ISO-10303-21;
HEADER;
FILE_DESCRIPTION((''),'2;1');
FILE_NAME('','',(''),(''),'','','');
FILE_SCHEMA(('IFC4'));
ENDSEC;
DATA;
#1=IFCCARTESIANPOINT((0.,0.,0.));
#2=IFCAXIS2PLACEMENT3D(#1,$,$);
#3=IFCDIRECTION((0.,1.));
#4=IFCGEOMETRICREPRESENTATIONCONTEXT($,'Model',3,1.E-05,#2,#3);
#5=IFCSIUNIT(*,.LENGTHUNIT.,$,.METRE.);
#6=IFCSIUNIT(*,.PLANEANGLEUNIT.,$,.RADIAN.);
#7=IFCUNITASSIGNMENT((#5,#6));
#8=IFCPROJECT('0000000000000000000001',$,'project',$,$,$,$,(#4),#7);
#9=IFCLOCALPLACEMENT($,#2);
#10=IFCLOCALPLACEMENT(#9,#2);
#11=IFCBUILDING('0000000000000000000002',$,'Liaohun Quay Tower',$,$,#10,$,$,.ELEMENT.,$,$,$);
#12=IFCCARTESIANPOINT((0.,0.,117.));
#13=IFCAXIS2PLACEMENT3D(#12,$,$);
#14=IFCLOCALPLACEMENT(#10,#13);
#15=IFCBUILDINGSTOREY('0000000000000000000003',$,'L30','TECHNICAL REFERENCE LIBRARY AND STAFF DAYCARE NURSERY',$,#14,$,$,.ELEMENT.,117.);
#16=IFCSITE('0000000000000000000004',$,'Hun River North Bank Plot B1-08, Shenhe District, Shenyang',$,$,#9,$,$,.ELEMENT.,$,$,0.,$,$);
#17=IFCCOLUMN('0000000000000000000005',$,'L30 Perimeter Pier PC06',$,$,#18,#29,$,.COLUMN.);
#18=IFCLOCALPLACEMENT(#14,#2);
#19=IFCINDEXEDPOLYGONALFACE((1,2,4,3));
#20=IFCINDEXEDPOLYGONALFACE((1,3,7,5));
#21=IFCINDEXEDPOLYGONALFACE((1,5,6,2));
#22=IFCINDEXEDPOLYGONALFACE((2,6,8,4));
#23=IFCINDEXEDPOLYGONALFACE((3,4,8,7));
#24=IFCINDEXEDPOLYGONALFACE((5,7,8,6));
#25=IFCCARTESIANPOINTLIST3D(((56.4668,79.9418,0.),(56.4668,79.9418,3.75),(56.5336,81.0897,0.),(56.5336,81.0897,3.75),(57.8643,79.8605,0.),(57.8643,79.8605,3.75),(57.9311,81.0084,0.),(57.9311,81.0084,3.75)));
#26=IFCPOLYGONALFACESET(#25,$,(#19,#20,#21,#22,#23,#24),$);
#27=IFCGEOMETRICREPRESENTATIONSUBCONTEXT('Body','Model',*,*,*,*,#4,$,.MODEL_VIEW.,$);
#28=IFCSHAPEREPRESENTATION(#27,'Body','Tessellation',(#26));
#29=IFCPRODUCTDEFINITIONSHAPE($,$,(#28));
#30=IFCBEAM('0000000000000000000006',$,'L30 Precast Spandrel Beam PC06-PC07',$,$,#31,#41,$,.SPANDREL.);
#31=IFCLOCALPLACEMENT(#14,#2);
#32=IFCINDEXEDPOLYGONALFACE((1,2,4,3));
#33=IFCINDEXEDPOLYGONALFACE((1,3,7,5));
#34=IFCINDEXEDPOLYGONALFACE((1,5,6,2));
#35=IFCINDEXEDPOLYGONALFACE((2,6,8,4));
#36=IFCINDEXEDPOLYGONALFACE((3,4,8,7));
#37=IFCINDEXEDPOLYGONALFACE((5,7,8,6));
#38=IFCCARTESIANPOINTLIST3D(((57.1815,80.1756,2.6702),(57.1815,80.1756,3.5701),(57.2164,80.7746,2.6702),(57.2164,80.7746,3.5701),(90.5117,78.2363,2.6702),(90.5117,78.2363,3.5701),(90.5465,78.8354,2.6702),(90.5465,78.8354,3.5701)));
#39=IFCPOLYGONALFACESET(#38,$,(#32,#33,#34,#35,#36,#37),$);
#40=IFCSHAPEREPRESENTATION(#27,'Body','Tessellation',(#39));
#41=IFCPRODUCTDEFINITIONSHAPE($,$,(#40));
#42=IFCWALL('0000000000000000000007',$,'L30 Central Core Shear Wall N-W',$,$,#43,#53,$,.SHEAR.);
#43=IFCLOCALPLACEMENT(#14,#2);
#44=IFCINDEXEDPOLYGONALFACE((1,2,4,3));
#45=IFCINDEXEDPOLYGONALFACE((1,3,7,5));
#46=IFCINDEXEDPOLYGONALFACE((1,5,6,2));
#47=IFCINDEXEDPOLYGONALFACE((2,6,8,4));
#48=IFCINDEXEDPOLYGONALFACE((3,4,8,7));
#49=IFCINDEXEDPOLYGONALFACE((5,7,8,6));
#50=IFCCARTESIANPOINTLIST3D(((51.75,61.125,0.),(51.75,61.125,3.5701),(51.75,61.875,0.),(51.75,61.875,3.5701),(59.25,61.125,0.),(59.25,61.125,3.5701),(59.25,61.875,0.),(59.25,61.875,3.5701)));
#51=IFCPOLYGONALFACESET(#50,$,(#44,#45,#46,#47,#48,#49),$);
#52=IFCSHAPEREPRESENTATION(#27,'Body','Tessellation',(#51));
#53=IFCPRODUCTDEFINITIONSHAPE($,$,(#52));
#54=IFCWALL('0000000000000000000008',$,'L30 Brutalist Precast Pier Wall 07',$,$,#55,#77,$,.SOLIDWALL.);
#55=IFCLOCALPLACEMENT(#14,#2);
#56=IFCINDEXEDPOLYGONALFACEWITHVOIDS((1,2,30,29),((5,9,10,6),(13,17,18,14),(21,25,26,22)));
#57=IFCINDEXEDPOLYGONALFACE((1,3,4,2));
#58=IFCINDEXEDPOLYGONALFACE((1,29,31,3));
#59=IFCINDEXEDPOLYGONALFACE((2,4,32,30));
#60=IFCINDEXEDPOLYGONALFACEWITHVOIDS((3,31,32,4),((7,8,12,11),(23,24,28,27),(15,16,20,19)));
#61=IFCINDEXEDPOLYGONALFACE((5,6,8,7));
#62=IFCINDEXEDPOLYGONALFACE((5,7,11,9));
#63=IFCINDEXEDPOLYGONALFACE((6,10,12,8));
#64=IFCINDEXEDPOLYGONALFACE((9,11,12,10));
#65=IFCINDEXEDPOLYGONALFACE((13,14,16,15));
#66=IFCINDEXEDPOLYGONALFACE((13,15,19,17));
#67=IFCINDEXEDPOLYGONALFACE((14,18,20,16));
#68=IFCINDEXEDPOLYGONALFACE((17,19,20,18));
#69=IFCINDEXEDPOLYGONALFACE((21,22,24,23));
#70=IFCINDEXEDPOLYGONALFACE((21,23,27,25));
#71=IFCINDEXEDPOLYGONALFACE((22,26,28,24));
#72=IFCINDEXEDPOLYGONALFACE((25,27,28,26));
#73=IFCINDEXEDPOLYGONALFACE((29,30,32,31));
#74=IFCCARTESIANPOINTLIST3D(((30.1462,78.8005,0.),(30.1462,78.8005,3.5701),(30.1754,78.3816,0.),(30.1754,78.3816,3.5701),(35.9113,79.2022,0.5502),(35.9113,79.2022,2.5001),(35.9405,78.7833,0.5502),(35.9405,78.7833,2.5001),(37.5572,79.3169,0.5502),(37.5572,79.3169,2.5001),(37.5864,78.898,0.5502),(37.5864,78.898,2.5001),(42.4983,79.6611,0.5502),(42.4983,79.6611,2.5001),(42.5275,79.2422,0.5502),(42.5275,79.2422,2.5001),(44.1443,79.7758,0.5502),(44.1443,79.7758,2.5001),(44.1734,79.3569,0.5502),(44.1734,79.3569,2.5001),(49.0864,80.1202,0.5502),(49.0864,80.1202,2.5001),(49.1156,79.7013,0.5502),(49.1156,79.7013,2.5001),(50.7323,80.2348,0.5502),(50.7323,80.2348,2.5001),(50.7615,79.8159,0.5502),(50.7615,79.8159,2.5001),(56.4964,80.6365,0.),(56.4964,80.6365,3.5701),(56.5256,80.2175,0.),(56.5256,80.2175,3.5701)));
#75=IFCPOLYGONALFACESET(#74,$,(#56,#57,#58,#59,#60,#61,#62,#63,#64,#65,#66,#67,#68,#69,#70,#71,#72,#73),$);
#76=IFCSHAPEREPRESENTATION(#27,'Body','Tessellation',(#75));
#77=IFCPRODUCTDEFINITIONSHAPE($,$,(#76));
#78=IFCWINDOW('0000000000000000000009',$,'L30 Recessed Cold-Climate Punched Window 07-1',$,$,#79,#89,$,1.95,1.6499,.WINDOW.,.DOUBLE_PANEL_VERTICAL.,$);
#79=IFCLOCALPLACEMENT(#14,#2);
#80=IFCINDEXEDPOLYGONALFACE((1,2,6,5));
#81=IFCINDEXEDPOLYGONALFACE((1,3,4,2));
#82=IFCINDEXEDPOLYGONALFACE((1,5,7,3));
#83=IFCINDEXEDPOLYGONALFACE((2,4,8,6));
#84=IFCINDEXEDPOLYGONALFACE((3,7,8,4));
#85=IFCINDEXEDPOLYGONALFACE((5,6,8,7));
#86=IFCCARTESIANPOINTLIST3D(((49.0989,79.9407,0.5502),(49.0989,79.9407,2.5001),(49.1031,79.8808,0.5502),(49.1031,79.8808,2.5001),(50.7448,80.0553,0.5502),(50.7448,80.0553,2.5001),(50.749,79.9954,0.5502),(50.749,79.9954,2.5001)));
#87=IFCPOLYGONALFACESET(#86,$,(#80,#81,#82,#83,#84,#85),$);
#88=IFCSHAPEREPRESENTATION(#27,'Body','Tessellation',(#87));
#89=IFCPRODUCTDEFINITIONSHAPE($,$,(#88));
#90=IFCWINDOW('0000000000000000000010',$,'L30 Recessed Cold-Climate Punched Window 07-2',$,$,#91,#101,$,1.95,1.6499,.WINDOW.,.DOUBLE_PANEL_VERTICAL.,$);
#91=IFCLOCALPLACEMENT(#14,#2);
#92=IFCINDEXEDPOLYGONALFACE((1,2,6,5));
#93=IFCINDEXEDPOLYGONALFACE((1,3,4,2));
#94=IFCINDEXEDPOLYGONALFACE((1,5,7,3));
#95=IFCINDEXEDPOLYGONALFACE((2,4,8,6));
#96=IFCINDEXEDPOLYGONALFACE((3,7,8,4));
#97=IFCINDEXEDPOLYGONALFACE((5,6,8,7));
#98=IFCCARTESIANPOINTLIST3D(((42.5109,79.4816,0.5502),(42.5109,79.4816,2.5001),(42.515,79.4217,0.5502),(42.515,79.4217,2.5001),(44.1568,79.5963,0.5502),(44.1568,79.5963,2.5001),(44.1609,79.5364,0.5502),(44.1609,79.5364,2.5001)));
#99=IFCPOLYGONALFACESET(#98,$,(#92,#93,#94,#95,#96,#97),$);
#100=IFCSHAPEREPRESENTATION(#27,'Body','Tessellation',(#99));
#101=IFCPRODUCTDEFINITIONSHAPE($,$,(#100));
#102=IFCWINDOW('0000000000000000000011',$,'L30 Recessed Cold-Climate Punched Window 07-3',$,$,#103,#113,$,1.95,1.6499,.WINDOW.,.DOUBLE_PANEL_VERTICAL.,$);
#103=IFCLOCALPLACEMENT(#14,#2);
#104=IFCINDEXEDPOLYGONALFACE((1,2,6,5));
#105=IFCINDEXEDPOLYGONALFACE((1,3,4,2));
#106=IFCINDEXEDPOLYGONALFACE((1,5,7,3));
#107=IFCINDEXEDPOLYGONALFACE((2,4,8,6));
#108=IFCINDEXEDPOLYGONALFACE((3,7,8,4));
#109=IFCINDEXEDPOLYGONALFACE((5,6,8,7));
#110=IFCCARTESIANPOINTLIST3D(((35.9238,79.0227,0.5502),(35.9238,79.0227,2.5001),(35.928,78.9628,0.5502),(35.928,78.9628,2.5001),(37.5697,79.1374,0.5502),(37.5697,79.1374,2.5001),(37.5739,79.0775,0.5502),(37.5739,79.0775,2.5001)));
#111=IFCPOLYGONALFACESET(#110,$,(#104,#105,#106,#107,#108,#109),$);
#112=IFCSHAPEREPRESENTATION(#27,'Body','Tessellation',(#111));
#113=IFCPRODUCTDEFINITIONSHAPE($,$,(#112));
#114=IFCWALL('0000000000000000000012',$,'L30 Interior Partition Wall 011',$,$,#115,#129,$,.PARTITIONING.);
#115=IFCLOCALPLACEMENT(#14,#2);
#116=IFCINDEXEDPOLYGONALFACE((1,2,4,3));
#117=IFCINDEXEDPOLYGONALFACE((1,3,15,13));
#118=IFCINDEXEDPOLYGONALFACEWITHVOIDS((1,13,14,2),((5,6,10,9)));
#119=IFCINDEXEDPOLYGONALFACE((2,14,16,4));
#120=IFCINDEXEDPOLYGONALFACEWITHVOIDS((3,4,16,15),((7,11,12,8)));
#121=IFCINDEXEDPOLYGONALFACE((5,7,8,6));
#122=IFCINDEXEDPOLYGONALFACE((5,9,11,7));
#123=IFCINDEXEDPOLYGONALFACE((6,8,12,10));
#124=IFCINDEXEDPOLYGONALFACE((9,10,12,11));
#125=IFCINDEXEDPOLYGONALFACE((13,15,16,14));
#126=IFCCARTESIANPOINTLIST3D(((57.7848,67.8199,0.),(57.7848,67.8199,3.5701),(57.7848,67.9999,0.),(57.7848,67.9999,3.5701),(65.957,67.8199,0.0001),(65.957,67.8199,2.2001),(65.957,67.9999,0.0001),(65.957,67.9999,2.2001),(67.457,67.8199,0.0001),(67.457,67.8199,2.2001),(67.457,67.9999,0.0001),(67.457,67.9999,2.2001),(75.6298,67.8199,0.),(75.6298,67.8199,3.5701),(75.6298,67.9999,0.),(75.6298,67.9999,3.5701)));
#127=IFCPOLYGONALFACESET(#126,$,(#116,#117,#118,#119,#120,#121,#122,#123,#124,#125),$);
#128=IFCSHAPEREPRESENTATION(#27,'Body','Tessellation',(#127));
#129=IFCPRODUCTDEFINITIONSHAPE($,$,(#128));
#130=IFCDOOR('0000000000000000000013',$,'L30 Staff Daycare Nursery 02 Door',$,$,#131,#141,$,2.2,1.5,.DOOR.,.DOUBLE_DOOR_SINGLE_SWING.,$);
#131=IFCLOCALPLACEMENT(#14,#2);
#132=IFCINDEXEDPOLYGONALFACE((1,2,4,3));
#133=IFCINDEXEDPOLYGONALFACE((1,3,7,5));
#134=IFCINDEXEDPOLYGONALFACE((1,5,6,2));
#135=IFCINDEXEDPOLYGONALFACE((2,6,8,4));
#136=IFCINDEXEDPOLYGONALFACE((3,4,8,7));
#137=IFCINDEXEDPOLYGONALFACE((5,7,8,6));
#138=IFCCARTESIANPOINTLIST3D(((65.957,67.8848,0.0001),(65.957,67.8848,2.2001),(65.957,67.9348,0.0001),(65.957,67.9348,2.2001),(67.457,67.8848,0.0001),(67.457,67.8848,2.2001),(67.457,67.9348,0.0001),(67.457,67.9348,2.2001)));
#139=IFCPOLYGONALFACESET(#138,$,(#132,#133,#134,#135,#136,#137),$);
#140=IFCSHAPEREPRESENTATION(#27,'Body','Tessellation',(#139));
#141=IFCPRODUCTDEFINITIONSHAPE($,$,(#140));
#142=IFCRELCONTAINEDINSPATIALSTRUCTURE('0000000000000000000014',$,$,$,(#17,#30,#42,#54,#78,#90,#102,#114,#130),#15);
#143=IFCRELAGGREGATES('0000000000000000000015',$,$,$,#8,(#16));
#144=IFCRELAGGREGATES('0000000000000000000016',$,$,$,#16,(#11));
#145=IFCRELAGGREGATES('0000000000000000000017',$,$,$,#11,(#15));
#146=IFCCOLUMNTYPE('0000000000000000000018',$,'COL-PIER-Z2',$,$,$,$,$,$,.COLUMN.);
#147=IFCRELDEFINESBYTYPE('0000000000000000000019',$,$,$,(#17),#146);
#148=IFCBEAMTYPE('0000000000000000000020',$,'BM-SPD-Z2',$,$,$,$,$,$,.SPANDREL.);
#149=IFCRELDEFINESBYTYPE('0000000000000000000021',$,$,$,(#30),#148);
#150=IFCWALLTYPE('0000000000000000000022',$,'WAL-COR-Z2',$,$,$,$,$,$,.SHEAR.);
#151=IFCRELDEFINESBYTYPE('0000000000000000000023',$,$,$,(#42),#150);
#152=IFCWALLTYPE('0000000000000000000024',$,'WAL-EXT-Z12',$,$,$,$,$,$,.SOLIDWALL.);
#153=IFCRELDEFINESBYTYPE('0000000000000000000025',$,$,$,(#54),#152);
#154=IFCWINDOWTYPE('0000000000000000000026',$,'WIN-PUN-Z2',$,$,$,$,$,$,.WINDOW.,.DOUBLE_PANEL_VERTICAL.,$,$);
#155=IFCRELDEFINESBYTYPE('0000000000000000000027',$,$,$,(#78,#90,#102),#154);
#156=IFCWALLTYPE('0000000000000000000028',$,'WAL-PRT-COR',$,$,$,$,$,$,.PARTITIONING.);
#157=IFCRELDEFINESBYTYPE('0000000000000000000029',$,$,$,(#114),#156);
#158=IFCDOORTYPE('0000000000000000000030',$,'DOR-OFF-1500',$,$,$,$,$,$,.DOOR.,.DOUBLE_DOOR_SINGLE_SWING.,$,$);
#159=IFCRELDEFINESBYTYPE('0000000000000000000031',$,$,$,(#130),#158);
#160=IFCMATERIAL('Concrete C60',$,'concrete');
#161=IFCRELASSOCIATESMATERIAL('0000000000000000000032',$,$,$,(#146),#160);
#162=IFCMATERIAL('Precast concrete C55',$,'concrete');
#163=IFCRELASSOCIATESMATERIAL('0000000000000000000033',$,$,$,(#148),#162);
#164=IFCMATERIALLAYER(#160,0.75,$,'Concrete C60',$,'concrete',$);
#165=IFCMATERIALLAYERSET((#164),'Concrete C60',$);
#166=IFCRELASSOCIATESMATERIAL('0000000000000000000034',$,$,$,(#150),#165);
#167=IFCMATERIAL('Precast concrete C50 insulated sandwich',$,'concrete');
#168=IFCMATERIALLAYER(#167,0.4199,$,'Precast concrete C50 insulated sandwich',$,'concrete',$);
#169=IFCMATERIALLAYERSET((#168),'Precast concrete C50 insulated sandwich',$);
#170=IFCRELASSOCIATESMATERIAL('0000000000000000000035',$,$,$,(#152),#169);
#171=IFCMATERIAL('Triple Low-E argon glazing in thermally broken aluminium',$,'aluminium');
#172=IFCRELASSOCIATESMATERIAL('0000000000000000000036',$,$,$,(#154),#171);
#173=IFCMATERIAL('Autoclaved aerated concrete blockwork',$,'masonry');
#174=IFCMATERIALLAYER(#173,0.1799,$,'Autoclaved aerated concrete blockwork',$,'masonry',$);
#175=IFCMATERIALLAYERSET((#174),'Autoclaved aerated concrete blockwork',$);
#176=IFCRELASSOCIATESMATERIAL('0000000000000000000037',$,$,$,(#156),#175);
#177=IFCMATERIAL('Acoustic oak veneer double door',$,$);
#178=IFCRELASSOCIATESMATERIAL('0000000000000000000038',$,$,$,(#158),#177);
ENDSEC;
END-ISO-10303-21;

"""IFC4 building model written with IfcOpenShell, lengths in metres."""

from ifc_helpers import new_model, si_unit, direction, frame, frame_2d, origin, origin_2d, place, context, subcontext, project, spatial, rectangle, extrude, source, transform, mapped, material, layer, layer_set, material_profile, profile_set, type_object, element, fill, save


model = new_model("IFC4")

# Units and contexts
model_context = context("Model", 3, precision=1e-05, world=origin(), true_north=direction((0.0, 1.0)))
body_context = subcontext(model_context, "Body", "Model", "MODEL_VIEW")
ifc_project = project(units=[si_unit("LENGTHUNIT", "METRE"), si_unit("PLANEANGLEUNIT", "RADIAN")], contexts=[model_context])

# Site, building, storey
site_placement = place(None, origin())
site = spatial("IfcSite", under=ifc_project, at=site_placement, Name="Hun River North Bank Plot B1-08, Shenhe District, Shenyang", CompositionType="ELEMENT", RefElevation=0.0)
building_placement = place(site_placement, origin())
building = spatial("IfcBuilding", under=site, at=building_placement, Name="Liaohun Quay Tower", CompositionType="ELEMENT")
storey_placement = place(building_placement, frame((0.0, 0.0, 117.0)))
storey = spatial("IfcBuildingStorey", under=building, at=storey_placement, Name="L30", Description="TECHNICAL REFERENCE LIBRARY AND STAFF DAYCARE NURSERY", CompositionType="ELEMENT", Elevation=117.0)

# Column
ifc_material_1 = material(Name="Concrete C60", Category="concrete")
ifc_material_profile_1 = material_profile(ifc_material_1, rectangle(XDim=1.3999, YDim=1.1499, at=origin_2d()), Name="RC1400x1150")
ifc_profile_set_1 = profile_set([ifc_material_profile_1], Name="Concrete C60")
column_type = type_object("IfcColumnType", Name="COL-PIER-Z2", PredefinedType="COLUMN", material=ifc_profile_set_1)
shared_shape_1 = source(origin(), body_context, "Body", "SweptSolid", [
    extrude(rectangle(XDim=1.3999, YDim=1.1499, at=origin_2d()), origin(), (0.0, 0.0, 1.0), 3.75),
])
column_placement = place(storey_placement, frame((57.199, 80.4751, 0.0), z_axis=(0.0, 0.0, 1.0), x_axis=(-0.998312, 0.058087, 0.0)))
element("IfcColumn", 1, at=column_placement, inside=storey, type_object=column_type, Name="L30 Perimeter Pier PC06", PredefinedType="COLUMN", context=body_context, shape_type="MappedRepresentation", body=[
    mapped(shared_shape_1, transform((0.0, 0.0, 0.0), x_axis=(1.0, 0.0, 0.0), y_axis=(0.0, 1.0, 0.0), z_axis=(0.0, 0.0, 1.0), scale=1.0)),
])

# Beam
ifc_material_2 = material(Name="Precast concrete C55", Category="concrete")
ifc_material_profile_2 = material_profile(ifc_material_2, rectangle(XDim=0.6001, YDim=0.8999, at=origin_2d()), Name="RC600x900")
ifc_profile_set_2 = profile_set([ifc_material_profile_2], Name="Precast concrete C55")
beam_type = type_object("IfcBeamType", Name="BM-SPD-Z2", PredefinedType="SPANDREL", material=ifc_profile_set_2)
shared_shape_2 = source(origin(), body_context, "Body", "SweptSolid", [
    extrude(rectangle(XDim=0.6001, YDim=0.8999, at=origin_2d()), origin(), (0.0, 0.0, 1.0), 33.3865),
])
beam_placement = place(storey_placement, frame((57.199, 80.4751, 3.1201), z_axis=(0.998312, -0.058084, 0.0), x_axis=(0.058084, 0.998312, 0.0)))
element("IfcBeam", 2, at=beam_placement, inside=storey, type_object=beam_type, Name="L30 Precast Spandrel Beam PC06-PC07", PredefinedType="SPANDREL", context=body_context, shape_type="MappedRepresentation", body=[
    mapped(shared_shape_2, transform((0.0, 0.0, 0.0), x_axis=(1.0, 0.0, 0.0), y_axis=(0.0, 1.0, 0.0), z_axis=(0.0, 0.0, 1.0), scale=1.0)),
])

# Wall
ifc_layer_1 = layer(ifc_material_1, 0.75, Name="Concrete C60", Category="concrete")
ifc_layer_set_1 = layer_set([ifc_layer_1], Name="Concrete C60")
wall_type_1 = type_object("IfcWallType", Name="WAL-COR-Z2", PredefinedType="SHEAR", material=ifc_layer_set_1)
wall_1_placement = place(storey_placement, frame((51.75, 61.5, 0.0), z_axis=(0.0, 0.0, 1.0), x_axis=(1.0, 0.0, 0.0)))
element("IfcWall", 3, at=wall_1_placement, inside=storey, type_object=wall_type_1, Name="L30 Central Core Shear Wall N-W", PredefinedType="SHEAR", context=body_context, shape_type="SweptSolid", body=[
    extrude(rectangle(XDim=7.5, YDim=0.75, at=frame_2d((3.75, 0.0))), origin(), (0.0, 0.0, 1.0), 3.5701),
])

# Wall, openings, windows
ifc_material_3 = material(Name="Precast concrete C50 insulated sandwich", Category="concrete")
ifc_layer_2 = layer(ifc_material_3, 0.4199, Name="Precast concrete C50 insulated sandwich", Category="concrete")
ifc_layer_set_2 = layer_set([ifc_layer_2], Name="Precast concrete C50 insulated sandwich")
wall_type_2 = type_object("IfcWallType", Name="WAL-EXT-Z12", PredefinedType="SOLIDWALL", material=ifc_layer_set_2)
wall_2_placement = place(storey_placement, frame((56.511, 80.427, 0.0), z_axis=(0.0, 0.0, 1.0), x_axis=(-0.997582, -0.069506, 0.0)))
wall_2 = element("IfcWall", 4, at=wall_2_placement, inside=storey, type_object=wall_type_2, Name="L30 Brutalist Precast Pier Wall 07", PredefinedType="SOLIDWALL", context=body_context, shape_type="SweptSolid", body=[
    extrude(rectangle(XDim=26.4141, YDim=0.4199, at=frame_2d((13.207, 0.0))), origin(), (0.0, 0.0, 1.0), 3.5701),
])
shared_shape_3 = source(origin(), body_context, "Body", "SweptSolid", [
    extrude(rectangle(XDim=1.6499, YDim=1.95, at=frame_2d((0.825, 0.9751))), frame((0.0, 0.22, 0.0), z_axis=(0.0, -1.0, 0.0), x_axis=(1.0, 0.0, 0.0)), (0.0, 0.0, 1.0), 0.4399),
])
opening_1_placement = place(wall_2_placement, frame((5.7781, 0.0, 0.55)))
opening_1 = element("IfcOpeningElement", 5, at=opening_1_placement, cuts=wall_2, PredefinedType="OPENING", context=body_context, shape_type="MappedRepresentation", body=[
    mapped(shared_shape_3, transform((0.0, 0.0, 0.0), x_axis=(1.0, 0.0, 0.0), y_axis=(0.0, 1.0, 0.0), z_axis=(0.0, 0.0, 1.0), scale=1.0)),
])
opening_2_placement = place(wall_2_placement, frame((12.3821, 0.0, 0.55)))
opening_2 = element("IfcOpeningElement", 6, at=opening_2_placement, cuts=wall_2, PredefinedType="OPENING", context=body_context, shape_type="MappedRepresentation", body=[
    mapped(shared_shape_3, transform((0.0, 0.0, 0.0), x_axis=(1.0, 0.0, 0.0), y_axis=(0.0, 1.0, 0.0), z_axis=(0.0, 0.0, 1.0), scale=1.0)),
])
opening_3_placement = place(wall_2_placement, frame((18.9851, 0.0, 0.55)))
opening_3 = element("IfcOpeningElement", 7, at=opening_3_placement, cuts=wall_2, PredefinedType="OPENING", context=body_context, shape_type="MappedRepresentation", body=[
    mapped(shared_shape_3, transform((0.0, 0.0, 0.0), x_axis=(1.0, 0.0, 0.0), y_axis=(0.0, 1.0, 0.0), z_axis=(0.0, 0.0, 1.0), scale=1.0)),
])
ifc_material_4 = material(Name="Triple Low-E argon glazing in thermally broken aluminium", Category="aluminium")
window_type = type_object("IfcWindowType", Name="WIN-PUN-Z2", PartitioningType="DOUBLE_PANEL_VERTICAL", PredefinedType="WINDOW", material=ifc_material_4)
shared_shape_4 = source(origin(), body_context, "Body", "SweptSolid", [
    extrude(rectangle(XDim=1.6499, YDim=1.95, at=frame_2d((0.825, 0.9751))), frame((0.0, 0.03, 0.0), z_axis=(0.0, -1.0, 0.0), x_axis=(1.0, 0.0, 0.0)), (0.0, 0.0, 1.0), 0.0601),
])
window_1_placement = place(opening_1_placement, origin())
window_1 = element("IfcWindow", 8, at=window_1_placement, inside=storey, type_object=window_type, Name="L30 Recessed Cold-Climate Punched Window 07-1", OverallHeight=1.95, OverallWidth=1.6499, PartitioningType="DOUBLE_PANEL_VERTICAL", PredefinedType="WINDOW", context=body_context, shape_type="MappedRepresentation", body=[
    mapped(shared_shape_4, transform((0.0, 0.0, 0.0), x_axis=(1.0, 0.0, 0.0), y_axis=(0.0, 1.0, 0.0), z_axis=(0.0, 0.0, 1.0), scale=1.0)),
])
fill(opening_1, window_1)
window_2_placement = place(opening_2_placement, origin())
window_2 = element("IfcWindow", 9, at=window_2_placement, inside=storey, type_object=window_type, Name="L30 Recessed Cold-Climate Punched Window 07-2", OverallHeight=1.95, OverallWidth=1.6499, PartitioningType="DOUBLE_PANEL_VERTICAL", PredefinedType="WINDOW", context=body_context, shape_type="MappedRepresentation", body=[
    mapped(shared_shape_4, transform((0.0, 0.0, 0.0), x_axis=(1.0, 0.0, 0.0), y_axis=(0.0, 1.0, 0.0), z_axis=(0.0, 0.0, 1.0), scale=1.0)),
])
fill(opening_2, window_2)
window_3_placement = place(opening_3_placement, origin())
window_3 = element("IfcWindow", 10, at=window_3_placement, inside=storey, type_object=window_type, Name="L30 Recessed Cold-Climate Punched Window 07-3", OverallHeight=1.95, OverallWidth=1.6499, PartitioningType="DOUBLE_PANEL_VERTICAL", PredefinedType="WINDOW", context=body_context, shape_type="MappedRepresentation", body=[
    mapped(shared_shape_4, transform((0.0, 0.0, 0.0), x_axis=(1.0, 0.0, 0.0), y_axis=(0.0, 1.0, 0.0), z_axis=(0.0, 0.0, 1.0), scale=1.0)),
])
fill(opening_3, window_3)

# Wall, opening, door
ifc_material_5 = material(Name="Autoclaved aerated concrete blockwork", Category="masonry")
ifc_layer_3 = layer(ifc_material_5, 0.1799, Name="Autoclaved aerated concrete blockwork", Category="masonry")
ifc_layer_set_3 = layer_set([ifc_layer_3], Name="Autoclaved aerated concrete blockwork")
wall_type_3 = type_object("IfcWallType", Name="WAL-PRT-COR", PredefinedType="PARTITIONING", material=ifc_layer_set_3)
wall_3_placement = place(storey_placement, frame((57.7849, 67.9099, 0.0), z_axis=(0.0, 0.0, 1.0), x_axis=(1.0, 0.0, 0.0)))
wall_3 = element("IfcWall", 11, at=wall_3_placement, inside=storey, type_object=wall_type_3, Name="L30 Interior Partition Wall 011", PredefinedType="PARTITIONING", context=body_context, shape_type="SweptSolid", body=[
    extrude(rectangle(XDim=17.845, YDim=0.1799, at=frame_2d((8.9224, 0.0))), origin(), (0.0, 0.0, 1.0), 3.5701),
])
shared_shape_5 = source(origin(), body_context, "Body", "SweptSolid", [
    extrude(rectangle(XDim=1.5, YDim=2.2, at=frame_2d((0.75, 1.1001))), frame((0.0, 0.0999, 0.0), z_axis=(0.0, -1.0, 0.0), x_axis=(1.0, 0.0, 0.0)), (0.0, 0.0, 1.0), 0.2),
])
opening_4_placement = place(wall_3_placement, frame((8.1721, 0.0, 0.0)))
opening_4 = element("IfcOpeningElement", 12, at=opening_4_placement, cuts=wall_3, PredefinedType="OPENING", context=body_context, shape_type="MappedRepresentation", body=[
    mapped(shared_shape_5, transform((0.0, 0.0, 0.0), x_axis=(1.0, 0.0, 0.0), y_axis=(0.0, 1.0, 0.0), z_axis=(0.0, 0.0, 1.0), scale=1.0)),
])
ifc_material_6 = material(Name="Acoustic oak veneer double door")
door_type_1 = type_object("IfcDoorType", Name="DOR-OFF-1500", OperationType="DOUBLE_DOOR_SINGLE_SWING", PredefinedType="DOOR", material=ifc_material_6)
shared_shape_6 = source(origin(), body_context, "Body", "SweptSolid", [
    extrude(rectangle(XDim=1.5, YDim=2.2, at=frame_2d((0.75, 1.1001))), frame((0.0, 0.0249, 0.0), z_axis=(0.0, -1.0, 0.0), x_axis=(1.0, 0.0, 0.0)), (0.0, 0.0, 1.0), 0.05),
])
door_1_placement = place(opening_4_placement, origin())
door_1 = element("IfcDoor", 13, at=door_1_placement, inside=storey, type_object=door_type_1, Name="L30 Staff Daycare Nursery 02 Door", OperationType="DOUBLE_DOOR_SINGLE_SWING", OverallHeight=2.2, OverallWidth=1.5, PredefinedType="DOOR", context=body_context, shape_type="MappedRepresentation", body=[
    mapped(shared_shape_6, transform((0.0, 0.0, 0.0), x_axis=(1.0, 0.0, 0.0), y_axis=(0.0, 1.0, 0.0), z_axis=(0.0, 0.0, 1.0), scale=1.0)),
])
fill(opening_4, door_1)

save(model, "model.ifc")
